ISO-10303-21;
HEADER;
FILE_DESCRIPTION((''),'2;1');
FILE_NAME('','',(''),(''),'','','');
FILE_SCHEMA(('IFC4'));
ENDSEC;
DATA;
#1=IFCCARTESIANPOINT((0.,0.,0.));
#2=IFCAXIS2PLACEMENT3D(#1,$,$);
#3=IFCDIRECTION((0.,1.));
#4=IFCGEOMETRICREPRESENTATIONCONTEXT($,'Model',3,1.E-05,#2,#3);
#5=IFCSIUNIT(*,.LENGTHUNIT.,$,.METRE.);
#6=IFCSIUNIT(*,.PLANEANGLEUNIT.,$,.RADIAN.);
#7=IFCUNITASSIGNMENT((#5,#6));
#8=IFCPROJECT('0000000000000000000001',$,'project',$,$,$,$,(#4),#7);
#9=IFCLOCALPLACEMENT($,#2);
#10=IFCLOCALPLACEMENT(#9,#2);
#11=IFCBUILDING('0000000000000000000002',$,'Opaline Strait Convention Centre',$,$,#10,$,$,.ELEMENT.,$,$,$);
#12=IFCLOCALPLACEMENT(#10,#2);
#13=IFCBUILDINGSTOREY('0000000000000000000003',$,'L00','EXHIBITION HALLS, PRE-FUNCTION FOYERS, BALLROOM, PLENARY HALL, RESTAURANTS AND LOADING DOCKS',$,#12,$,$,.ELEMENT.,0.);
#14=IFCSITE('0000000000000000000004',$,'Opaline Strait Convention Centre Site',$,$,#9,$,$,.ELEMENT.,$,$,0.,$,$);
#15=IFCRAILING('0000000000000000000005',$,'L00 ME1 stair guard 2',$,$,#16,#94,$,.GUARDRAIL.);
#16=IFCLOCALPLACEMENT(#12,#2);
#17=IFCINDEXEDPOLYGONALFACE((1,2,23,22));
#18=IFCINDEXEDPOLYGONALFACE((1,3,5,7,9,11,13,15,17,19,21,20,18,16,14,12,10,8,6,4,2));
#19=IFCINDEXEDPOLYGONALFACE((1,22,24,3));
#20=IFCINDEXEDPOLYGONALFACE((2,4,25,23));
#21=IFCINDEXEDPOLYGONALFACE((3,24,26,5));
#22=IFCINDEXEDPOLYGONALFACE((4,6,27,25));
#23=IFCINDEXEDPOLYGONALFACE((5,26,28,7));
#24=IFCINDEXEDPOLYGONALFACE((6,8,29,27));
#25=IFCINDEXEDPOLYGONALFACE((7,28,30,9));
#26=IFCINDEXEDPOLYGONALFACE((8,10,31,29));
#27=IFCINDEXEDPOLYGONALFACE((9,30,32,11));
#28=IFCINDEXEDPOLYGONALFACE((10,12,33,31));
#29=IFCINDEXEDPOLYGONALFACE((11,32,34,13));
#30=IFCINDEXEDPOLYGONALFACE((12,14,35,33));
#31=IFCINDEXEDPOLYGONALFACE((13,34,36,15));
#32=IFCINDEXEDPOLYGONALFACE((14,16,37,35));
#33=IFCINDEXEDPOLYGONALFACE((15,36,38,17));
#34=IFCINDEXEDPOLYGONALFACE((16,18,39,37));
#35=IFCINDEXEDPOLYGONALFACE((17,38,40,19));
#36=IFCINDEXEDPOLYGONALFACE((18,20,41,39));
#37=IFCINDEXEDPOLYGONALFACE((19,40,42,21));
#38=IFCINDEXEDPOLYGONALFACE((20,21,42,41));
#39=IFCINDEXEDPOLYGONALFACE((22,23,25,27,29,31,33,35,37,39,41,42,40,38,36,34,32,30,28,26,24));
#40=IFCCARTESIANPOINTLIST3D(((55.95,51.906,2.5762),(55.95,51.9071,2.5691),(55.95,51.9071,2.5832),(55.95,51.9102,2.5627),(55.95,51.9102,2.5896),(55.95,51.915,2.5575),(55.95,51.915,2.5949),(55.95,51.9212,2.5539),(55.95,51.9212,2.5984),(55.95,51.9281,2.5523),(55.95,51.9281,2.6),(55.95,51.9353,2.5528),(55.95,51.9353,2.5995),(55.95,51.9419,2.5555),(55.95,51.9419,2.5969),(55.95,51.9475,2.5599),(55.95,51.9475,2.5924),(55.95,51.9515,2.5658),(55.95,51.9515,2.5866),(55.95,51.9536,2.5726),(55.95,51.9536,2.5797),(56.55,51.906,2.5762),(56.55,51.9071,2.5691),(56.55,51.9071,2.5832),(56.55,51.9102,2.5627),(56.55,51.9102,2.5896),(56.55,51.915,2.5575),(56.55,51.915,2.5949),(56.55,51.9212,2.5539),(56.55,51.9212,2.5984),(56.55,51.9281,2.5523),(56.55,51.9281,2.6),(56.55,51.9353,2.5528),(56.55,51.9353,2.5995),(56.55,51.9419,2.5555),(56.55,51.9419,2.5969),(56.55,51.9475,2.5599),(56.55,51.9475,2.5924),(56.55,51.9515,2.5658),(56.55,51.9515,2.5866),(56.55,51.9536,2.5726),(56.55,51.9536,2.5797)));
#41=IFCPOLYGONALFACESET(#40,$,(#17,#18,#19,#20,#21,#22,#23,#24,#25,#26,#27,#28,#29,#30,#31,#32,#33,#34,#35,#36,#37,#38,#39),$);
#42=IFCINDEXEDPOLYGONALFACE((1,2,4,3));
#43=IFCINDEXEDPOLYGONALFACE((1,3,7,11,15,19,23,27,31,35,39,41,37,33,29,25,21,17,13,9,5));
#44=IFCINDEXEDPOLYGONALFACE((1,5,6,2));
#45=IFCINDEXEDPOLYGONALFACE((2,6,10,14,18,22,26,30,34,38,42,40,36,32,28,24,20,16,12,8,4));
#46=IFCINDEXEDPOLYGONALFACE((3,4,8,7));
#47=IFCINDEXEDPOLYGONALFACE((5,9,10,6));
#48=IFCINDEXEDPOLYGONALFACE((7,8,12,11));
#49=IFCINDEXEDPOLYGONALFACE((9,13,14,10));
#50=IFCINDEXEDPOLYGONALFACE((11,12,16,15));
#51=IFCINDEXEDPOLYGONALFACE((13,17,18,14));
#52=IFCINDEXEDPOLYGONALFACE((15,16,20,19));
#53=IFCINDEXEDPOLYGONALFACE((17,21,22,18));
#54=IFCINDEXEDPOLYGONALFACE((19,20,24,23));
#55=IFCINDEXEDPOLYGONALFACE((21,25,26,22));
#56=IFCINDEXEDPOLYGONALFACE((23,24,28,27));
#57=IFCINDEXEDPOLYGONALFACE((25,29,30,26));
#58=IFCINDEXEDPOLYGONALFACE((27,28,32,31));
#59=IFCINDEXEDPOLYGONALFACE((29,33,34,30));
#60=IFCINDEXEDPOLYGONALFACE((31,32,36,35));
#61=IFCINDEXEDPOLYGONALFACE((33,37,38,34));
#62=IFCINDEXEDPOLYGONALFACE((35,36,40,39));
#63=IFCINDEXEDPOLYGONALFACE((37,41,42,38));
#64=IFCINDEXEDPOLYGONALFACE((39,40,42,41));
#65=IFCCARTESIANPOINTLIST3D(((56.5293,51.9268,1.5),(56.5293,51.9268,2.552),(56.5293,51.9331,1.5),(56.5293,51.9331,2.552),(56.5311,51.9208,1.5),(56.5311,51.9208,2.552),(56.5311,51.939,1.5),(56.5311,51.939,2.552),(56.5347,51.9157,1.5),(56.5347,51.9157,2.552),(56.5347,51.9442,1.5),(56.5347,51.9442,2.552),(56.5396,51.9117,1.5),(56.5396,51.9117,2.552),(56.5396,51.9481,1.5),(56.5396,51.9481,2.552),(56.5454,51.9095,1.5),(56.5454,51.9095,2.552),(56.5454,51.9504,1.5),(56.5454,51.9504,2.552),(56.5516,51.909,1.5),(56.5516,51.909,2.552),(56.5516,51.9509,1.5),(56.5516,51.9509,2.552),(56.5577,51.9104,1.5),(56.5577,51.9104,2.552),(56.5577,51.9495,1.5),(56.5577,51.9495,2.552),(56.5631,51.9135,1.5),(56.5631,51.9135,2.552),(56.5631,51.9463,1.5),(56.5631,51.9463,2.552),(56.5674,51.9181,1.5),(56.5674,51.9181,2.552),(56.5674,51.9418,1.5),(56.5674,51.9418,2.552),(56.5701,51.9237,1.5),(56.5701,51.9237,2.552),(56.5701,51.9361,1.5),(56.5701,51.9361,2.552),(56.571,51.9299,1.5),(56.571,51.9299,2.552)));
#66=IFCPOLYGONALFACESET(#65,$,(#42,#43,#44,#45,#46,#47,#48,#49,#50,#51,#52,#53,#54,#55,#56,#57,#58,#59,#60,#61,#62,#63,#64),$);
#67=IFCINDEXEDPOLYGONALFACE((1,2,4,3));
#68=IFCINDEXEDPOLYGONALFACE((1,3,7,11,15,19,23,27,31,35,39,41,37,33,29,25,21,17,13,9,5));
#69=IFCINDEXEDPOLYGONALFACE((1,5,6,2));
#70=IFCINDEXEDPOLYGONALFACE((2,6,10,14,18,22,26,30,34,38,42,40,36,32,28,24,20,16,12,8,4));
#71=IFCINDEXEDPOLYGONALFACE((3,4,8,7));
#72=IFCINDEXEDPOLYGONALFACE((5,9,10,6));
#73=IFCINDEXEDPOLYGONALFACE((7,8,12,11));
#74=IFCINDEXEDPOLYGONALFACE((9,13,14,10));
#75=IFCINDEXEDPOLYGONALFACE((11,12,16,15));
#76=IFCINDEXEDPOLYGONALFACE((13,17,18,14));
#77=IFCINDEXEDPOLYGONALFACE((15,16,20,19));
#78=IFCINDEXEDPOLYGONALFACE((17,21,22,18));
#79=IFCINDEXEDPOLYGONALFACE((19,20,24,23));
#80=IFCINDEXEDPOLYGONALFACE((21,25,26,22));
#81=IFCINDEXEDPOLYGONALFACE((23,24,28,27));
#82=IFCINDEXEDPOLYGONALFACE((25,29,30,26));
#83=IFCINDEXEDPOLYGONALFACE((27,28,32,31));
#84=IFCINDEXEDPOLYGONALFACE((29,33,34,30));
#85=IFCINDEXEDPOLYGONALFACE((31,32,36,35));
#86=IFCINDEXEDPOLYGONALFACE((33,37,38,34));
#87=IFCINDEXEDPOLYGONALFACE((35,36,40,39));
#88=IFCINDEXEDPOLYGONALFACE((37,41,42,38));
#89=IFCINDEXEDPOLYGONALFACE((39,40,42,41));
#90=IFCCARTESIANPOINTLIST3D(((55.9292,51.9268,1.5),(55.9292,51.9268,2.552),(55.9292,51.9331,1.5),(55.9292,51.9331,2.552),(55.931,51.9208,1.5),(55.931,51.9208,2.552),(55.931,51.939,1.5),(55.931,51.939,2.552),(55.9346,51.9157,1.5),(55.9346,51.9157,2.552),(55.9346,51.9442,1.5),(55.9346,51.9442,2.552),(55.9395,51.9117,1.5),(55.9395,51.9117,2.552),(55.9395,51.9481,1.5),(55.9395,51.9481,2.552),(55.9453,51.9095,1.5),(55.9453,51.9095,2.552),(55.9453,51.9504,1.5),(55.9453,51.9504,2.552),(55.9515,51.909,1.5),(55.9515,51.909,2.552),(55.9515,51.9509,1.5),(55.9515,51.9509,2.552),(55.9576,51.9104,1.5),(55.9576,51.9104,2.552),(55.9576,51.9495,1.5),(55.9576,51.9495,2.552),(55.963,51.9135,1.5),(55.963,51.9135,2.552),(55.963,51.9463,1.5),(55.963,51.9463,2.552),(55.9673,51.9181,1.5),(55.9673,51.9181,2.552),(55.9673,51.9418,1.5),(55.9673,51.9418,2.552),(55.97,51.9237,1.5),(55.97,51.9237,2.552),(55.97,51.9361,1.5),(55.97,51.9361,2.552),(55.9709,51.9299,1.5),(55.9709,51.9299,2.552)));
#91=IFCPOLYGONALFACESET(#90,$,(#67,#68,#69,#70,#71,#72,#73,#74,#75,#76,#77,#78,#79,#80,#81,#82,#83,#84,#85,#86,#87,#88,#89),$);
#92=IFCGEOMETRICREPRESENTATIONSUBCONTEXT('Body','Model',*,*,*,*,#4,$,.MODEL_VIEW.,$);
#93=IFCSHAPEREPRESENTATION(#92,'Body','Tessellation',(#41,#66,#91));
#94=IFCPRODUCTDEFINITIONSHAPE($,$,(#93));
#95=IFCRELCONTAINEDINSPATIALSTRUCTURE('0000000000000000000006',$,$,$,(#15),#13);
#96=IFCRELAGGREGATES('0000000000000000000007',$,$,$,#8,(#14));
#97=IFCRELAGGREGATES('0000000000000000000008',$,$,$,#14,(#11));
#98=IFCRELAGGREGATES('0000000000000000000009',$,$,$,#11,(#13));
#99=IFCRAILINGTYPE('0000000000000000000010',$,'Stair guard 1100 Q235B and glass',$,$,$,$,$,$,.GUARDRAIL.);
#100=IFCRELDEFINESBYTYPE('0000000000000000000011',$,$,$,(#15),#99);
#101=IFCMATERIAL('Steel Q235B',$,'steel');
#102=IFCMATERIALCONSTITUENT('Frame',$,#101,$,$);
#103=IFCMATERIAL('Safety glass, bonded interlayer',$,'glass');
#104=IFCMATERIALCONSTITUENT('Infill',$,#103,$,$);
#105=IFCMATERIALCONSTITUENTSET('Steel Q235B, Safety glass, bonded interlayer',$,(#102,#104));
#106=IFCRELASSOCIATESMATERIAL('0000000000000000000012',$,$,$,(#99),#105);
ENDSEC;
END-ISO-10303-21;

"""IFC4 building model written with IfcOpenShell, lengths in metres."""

from ifc_helpers import new_model, si_unit, direction, frame, origin, origin_2d, place, context, subcontext, project, spatial, circle, extrude, material, constituent, constituent_set, type_object, element, save


model = new_model("IFC4")

# Units and contexts
model_context = context("Model", 3, precision=1e-05, world=origin(), true_north=direction((0.0, 1.0)))
body_context = subcontext(model_context, "Body", "Model", "MODEL_VIEW")
ifc_project = project(units=[si_unit("LENGTHUNIT", "METRE"), si_unit("PLANEANGLEUNIT", "RADIAN")], contexts=[model_context])

# Site, building, storey
site_placement = place(None, origin())
site = spatial("IfcSite", under=ifc_project, at=site_placement, Name="Opaline Strait Convention Centre Site", CompositionType="ELEMENT", RefElevation=0.0)
building_placement = place(site_placement, origin())
building = spatial("IfcBuilding", under=site, at=building_placement, Name="Opaline Strait Convention Centre", CompositionType="ELEMENT")
storey_placement = place(building_placement, origin())
storey = spatial("IfcBuildingStorey", under=building, at=storey_placement, Name="L00", Description="EXHIBITION HALLS, PRE-FUNCTION FOYERS, BALLROOM, PLENARY HALL, RESTAURANTS AND LOADING DOCKS", CompositionType="ELEMENT", Elevation=0.0)

# Railing
ifc_material_1 = material(Name="Steel Q235B", Category="steel")
ifc_constituent_1 = constituent(ifc_material_1, Name="Frame")
ifc_material_2 = material(Name="Safety glass, bonded interlayer", Category="glass")
ifc_constituent_2 = constituent(ifc_material_2, Name="Infill")
ifc_constituent_set = constituent_set(constituents=[ifc_constituent_1, ifc_constituent_2], Name="Steel Q235B, Safety glass, bonded interlayer")
railing_type_1 = type_object("IfcRailingType", Name="Stair guard 1100 Q235B and glass", PredefinedType="GUARDRAIL", material=ifc_constituent_set)
railing_1_placement = place(storey_placement, frame((56.55, 51.9299, 1.5)))
element("IfcRailing", 1, at=railing_1_placement, inside=storey, type_object=railing_type_1, Name="L00 ME1 stair guard 2", PredefinedType="GUARDRAIL", context=body_context, shape_type="SweptSolid", body=[
    extrude(circle(Radius=0.0239, at=origin_2d()), frame((0.0, 0.0, 1.0762), z_axis=(-1.0, 0.0, 0.0), x_axis=(0.0, -1.0, 0.0)), (0.0, 0.0, 1.0), 0.6001),
    extrude(circle(Radius=0.021, at=origin_2d()), origin(), (0.0, 0.0, 1.0), 1.052),
    extrude(circle(Radius=0.021, at=origin_2d()), frame((-0.6001, 0.0, 0.0)), (0.0, 0.0, 1.0), 1.052),
])

save(model, "model.ifc")
